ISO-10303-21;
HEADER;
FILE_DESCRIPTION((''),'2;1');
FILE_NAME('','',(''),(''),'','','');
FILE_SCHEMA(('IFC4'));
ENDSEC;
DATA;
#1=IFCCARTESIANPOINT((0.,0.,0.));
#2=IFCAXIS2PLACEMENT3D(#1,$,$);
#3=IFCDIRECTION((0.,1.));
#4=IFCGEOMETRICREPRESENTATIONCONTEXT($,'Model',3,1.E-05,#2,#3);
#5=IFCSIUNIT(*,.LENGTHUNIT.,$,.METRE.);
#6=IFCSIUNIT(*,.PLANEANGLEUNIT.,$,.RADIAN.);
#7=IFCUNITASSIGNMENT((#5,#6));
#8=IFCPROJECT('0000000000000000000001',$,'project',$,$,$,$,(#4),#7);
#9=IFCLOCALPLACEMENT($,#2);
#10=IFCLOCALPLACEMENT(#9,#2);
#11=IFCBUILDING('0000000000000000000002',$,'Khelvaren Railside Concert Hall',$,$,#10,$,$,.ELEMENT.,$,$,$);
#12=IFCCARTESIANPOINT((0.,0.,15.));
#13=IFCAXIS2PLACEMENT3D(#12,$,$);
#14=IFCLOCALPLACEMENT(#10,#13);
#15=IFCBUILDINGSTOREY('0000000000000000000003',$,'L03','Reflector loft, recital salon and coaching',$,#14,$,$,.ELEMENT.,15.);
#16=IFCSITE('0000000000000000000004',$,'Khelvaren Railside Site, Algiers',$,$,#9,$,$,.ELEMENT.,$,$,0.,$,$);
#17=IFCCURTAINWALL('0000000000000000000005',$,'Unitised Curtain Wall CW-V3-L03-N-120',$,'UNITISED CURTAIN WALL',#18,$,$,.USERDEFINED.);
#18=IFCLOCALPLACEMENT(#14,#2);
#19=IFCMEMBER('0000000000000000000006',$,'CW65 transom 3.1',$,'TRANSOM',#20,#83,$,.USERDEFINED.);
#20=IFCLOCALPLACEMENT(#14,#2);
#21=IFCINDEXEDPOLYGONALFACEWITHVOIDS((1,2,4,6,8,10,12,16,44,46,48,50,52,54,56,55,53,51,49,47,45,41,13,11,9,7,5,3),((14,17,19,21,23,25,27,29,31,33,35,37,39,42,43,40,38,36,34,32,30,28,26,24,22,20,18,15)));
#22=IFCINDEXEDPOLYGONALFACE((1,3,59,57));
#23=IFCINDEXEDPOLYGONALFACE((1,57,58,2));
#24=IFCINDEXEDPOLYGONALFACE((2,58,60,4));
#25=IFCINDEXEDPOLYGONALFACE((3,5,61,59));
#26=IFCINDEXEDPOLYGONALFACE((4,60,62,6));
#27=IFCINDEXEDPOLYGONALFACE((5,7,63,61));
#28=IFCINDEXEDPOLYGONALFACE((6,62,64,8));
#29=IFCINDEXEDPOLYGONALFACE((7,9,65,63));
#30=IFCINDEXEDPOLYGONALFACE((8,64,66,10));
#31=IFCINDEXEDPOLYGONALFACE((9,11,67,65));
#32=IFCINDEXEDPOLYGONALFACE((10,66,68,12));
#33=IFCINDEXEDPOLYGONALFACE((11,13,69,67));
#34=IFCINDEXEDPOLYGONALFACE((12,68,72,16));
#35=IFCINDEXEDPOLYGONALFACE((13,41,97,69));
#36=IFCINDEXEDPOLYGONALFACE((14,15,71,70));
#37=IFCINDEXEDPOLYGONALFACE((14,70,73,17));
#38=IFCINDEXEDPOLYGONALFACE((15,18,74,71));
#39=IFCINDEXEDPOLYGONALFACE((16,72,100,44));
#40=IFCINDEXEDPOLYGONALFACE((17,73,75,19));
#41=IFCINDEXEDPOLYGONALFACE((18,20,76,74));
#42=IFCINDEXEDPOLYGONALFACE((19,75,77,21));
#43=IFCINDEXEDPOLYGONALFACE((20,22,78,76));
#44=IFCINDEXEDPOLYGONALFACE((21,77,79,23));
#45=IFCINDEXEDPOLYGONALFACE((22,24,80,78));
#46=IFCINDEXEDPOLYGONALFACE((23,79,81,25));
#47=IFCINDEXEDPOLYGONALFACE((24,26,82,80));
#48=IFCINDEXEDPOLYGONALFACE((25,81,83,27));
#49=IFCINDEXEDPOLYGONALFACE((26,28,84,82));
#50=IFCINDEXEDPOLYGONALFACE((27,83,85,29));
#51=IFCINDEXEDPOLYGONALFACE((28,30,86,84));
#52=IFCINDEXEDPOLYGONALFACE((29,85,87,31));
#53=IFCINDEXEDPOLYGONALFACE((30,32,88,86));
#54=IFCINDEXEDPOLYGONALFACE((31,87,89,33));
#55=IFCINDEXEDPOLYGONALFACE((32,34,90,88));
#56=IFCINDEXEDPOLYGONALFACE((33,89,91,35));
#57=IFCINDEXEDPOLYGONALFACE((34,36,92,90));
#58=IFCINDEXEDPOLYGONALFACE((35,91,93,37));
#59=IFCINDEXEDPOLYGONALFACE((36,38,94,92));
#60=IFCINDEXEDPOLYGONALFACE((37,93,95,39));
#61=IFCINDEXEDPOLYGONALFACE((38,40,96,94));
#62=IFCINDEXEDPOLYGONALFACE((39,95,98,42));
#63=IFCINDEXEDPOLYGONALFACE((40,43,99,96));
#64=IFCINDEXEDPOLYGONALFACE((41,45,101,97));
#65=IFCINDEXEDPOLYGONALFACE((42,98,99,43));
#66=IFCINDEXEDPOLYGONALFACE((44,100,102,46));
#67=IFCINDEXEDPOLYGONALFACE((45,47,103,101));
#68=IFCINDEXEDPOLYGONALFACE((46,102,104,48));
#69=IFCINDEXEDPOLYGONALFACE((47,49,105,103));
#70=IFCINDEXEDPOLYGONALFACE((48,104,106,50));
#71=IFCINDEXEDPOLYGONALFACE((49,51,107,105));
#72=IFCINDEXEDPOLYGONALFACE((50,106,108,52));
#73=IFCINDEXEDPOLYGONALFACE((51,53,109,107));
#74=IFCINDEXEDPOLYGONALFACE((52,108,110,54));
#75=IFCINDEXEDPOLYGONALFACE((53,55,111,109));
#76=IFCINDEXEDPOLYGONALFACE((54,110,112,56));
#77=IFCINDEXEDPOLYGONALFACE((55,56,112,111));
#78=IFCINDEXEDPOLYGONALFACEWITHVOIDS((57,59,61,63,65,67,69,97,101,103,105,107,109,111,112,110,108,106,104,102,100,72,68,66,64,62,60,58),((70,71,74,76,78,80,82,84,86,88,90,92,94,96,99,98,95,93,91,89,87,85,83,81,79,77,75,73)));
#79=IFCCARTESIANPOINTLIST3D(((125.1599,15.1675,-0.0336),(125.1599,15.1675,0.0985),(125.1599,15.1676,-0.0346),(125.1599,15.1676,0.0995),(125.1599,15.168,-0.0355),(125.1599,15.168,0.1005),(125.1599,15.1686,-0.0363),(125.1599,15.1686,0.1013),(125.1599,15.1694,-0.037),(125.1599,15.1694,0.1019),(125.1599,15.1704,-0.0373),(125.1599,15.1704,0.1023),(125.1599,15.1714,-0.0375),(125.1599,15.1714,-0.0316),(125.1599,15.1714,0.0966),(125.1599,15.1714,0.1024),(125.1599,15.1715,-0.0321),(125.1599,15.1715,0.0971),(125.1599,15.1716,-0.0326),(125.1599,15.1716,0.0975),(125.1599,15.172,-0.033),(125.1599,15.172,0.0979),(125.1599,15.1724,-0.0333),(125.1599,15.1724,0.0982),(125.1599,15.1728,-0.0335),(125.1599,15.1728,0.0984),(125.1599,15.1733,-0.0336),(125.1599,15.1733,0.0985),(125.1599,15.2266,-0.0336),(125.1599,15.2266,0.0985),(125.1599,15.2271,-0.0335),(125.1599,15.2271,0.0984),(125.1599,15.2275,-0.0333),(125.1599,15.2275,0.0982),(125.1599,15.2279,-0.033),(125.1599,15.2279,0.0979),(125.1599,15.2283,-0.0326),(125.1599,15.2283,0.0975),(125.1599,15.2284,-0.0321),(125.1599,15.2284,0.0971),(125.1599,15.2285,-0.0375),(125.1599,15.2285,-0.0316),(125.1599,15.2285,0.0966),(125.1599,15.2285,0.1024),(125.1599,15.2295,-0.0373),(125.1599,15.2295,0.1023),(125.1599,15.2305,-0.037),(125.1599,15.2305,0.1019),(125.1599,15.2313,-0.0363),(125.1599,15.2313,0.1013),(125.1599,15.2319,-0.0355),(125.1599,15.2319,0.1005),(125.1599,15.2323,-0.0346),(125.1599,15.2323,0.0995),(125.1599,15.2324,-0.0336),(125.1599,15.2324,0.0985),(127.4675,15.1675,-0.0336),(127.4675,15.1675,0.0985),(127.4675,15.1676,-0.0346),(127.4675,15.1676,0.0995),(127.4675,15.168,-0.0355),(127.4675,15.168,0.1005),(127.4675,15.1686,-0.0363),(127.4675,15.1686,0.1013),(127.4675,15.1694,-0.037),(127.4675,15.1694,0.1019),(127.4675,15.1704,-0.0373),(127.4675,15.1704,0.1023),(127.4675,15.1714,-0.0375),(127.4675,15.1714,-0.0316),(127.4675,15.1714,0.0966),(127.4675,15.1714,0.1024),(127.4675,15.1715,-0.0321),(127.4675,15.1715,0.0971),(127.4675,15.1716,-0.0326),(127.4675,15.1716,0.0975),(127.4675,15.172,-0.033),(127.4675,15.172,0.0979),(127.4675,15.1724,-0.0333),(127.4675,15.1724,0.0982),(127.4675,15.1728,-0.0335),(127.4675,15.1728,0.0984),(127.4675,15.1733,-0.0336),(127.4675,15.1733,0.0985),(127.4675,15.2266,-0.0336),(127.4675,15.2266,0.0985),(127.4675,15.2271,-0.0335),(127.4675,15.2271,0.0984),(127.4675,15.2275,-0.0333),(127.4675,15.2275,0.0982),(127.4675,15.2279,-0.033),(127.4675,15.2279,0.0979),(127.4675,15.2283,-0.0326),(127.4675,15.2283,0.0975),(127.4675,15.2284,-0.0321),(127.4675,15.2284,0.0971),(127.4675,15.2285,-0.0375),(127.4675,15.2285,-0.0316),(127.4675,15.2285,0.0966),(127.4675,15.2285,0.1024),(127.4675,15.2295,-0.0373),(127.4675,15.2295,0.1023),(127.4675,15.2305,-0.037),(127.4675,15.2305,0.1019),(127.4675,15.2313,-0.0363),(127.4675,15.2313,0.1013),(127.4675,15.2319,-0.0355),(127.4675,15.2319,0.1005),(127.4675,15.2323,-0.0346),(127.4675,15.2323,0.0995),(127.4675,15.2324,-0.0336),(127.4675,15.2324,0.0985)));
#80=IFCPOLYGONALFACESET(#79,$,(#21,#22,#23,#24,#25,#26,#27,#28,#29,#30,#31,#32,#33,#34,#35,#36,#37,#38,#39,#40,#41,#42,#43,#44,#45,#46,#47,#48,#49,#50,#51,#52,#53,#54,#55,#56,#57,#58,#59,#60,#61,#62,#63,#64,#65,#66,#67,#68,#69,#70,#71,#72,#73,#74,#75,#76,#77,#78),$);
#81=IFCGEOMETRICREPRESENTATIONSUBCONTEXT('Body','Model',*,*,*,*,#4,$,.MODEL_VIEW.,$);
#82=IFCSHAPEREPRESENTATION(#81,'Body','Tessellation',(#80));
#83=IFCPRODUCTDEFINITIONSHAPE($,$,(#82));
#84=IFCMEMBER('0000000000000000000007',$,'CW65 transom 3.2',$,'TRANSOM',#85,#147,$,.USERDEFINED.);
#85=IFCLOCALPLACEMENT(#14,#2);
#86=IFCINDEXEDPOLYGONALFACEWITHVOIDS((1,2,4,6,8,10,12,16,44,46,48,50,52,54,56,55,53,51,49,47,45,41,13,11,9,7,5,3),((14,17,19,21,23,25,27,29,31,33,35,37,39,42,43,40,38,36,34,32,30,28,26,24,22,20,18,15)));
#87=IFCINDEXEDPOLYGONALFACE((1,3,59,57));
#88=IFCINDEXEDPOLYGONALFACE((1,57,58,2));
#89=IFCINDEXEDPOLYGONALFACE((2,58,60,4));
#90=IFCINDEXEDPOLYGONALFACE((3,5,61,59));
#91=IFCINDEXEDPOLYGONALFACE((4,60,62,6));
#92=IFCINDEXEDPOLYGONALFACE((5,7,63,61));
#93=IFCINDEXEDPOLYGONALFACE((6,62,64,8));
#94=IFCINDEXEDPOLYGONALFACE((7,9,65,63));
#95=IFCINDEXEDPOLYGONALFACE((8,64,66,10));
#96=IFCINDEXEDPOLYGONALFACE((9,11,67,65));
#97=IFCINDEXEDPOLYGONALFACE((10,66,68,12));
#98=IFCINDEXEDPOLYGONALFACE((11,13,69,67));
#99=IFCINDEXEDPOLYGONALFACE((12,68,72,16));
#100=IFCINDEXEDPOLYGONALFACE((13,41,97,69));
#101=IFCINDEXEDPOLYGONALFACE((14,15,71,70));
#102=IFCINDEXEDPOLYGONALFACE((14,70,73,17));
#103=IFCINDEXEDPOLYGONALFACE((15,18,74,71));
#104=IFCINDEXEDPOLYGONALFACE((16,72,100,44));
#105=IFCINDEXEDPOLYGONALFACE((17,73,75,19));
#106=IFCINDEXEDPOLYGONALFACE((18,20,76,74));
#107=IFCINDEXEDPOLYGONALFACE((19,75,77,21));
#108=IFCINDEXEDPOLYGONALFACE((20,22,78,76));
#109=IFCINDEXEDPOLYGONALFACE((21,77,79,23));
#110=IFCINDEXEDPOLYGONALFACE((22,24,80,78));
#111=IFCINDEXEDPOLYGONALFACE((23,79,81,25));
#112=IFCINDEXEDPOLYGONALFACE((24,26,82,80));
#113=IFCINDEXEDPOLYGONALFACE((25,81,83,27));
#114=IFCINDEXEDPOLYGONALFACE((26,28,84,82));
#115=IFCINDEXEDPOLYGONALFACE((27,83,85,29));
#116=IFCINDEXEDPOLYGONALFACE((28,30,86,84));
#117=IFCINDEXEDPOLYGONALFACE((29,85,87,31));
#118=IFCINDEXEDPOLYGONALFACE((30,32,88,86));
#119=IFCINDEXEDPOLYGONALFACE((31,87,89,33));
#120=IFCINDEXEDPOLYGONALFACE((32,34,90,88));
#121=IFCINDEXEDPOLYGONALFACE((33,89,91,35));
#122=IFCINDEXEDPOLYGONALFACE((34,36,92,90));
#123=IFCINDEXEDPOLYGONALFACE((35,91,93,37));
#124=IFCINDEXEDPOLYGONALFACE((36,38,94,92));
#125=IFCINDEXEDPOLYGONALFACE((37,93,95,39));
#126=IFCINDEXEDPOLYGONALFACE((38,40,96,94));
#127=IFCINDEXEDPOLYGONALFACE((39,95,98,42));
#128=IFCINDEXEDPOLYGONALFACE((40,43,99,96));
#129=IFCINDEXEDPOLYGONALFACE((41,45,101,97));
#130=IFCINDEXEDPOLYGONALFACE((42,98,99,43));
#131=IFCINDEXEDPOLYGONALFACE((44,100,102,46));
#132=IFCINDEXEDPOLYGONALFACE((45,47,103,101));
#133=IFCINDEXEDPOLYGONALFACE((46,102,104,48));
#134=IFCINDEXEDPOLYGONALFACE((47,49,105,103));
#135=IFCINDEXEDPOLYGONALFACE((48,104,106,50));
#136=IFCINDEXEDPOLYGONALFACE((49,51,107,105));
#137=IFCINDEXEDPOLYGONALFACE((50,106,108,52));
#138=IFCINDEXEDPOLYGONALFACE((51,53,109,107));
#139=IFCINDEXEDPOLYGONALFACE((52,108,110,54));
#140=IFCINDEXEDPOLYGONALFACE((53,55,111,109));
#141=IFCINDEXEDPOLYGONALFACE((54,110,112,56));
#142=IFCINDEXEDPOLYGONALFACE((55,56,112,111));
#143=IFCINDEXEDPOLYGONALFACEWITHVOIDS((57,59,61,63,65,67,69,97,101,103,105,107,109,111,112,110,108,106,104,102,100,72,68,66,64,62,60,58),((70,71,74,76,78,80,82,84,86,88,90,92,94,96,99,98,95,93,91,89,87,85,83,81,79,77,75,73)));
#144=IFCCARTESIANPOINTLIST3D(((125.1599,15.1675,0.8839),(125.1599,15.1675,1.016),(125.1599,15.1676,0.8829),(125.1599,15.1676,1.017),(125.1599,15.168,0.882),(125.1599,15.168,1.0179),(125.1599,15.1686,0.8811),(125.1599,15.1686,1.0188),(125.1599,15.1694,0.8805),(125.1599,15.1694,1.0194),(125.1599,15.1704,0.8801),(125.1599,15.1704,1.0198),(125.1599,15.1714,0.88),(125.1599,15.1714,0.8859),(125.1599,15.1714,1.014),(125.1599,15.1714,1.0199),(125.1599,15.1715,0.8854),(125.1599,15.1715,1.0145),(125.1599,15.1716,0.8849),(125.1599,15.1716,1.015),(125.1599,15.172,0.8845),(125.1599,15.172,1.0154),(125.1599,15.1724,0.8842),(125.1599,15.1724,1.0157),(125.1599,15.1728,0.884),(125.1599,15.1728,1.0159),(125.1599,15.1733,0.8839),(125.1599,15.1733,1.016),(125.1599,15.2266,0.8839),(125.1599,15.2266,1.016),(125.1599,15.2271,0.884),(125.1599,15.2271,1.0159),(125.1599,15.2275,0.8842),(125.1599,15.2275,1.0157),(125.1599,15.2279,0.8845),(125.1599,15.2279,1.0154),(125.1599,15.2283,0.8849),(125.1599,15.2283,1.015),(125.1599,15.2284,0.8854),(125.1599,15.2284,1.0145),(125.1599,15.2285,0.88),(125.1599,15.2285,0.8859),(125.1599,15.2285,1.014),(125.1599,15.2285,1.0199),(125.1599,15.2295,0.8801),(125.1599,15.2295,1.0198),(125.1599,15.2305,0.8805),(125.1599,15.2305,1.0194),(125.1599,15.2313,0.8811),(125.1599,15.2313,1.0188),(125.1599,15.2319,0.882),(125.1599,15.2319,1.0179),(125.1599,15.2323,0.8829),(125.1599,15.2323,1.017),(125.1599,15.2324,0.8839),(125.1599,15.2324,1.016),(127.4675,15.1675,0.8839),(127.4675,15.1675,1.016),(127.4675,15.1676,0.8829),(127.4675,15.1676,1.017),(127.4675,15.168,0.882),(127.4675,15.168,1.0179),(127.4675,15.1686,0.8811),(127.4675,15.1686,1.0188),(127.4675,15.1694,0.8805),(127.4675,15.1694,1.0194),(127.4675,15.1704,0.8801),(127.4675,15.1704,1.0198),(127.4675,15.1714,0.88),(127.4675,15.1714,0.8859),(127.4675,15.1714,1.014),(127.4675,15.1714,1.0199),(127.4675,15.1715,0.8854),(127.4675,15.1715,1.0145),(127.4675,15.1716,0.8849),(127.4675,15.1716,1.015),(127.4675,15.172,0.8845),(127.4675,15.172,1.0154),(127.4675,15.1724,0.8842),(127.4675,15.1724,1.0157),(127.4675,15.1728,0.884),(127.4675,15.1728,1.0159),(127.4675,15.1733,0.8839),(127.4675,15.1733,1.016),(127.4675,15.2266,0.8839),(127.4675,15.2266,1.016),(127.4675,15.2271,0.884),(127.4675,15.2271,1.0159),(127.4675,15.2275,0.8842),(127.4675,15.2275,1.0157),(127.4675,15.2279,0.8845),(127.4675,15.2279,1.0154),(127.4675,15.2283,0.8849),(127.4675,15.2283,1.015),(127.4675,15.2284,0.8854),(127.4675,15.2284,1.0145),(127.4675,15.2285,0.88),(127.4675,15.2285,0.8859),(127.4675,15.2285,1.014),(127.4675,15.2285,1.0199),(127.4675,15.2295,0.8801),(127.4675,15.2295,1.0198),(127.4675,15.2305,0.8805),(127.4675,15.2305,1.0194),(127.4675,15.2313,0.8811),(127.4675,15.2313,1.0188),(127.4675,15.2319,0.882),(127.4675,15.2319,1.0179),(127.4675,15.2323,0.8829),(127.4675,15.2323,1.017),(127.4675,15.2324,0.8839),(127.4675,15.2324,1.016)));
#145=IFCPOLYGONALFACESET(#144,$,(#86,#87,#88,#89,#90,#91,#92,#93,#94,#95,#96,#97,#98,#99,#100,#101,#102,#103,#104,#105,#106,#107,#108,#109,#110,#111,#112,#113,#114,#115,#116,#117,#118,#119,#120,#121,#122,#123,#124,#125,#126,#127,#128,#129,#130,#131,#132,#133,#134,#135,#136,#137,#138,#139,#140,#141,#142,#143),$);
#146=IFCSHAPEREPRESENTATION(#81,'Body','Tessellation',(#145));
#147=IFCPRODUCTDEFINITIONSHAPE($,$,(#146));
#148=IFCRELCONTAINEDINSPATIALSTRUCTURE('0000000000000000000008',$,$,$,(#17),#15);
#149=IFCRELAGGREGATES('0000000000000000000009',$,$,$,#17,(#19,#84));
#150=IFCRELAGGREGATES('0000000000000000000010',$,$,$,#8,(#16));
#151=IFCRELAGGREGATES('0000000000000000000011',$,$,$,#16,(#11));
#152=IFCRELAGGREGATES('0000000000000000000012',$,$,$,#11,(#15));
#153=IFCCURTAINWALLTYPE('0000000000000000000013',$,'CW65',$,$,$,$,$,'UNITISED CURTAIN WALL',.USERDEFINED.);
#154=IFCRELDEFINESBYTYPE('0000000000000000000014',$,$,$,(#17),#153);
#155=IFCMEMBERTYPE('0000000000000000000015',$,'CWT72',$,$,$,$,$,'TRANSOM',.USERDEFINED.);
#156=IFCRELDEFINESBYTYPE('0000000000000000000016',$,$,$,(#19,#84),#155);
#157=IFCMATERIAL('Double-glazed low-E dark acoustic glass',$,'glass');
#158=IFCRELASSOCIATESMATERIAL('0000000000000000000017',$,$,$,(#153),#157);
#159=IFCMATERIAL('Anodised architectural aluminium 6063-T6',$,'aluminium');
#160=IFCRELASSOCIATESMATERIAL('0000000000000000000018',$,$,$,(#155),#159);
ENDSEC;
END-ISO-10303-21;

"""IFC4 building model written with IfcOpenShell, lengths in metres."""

from ifc_helpers import new_model, si_unit, direction, frame, origin, origin_2d, place, context, subcontext, project, spatial, hollow_rectangle, extrude, material, material_profile, profile_set, type_object, element, aggregate, save


model = new_model("IFC4")

# Units and contexts
model_context = context("Model", 3, precision=1e-05, world=origin(), true_north=direction((0.0, 1.0)))
body_context = subcontext(model_context, "Body", "Model", "MODEL_VIEW")
ifc_project = project(units=[si_unit("LENGTHUNIT", "METRE"), si_unit("PLANEANGLEUNIT", "RADIAN")], contexts=[model_context])

# Site, building, storey
site_placement = place(None, origin())
site = spatial("IfcSite", under=ifc_project, at=site_placement, Name="Khelvaren Railside Site, Algiers", CompositionType="ELEMENT", RefElevation=0.0)
building_placement = place(site_placement, origin())
building = spatial("IfcBuilding", under=site, at=building_placement, Name="Khelvaren Railside Concert Hall", CompositionType="ELEMENT")
storey_placement = place(building_placement, frame((0.0, 0.0, 15.0)))
storey = spatial("IfcBuildingStorey", under=building, at=storey_placement, Name="L03", Description="Reflector loft, recital salon and coaching", CompositionType="ELEMENT", Elevation=15.0)

# Shared definitions
ifc_material_1 = material(Name="Double-glazed low-E dark acoustic glass", Category="glass")
ifc_material_2 = material(Name="Anodised architectural aluminium 6063-T6", Category="aluminium")

# Curtain wall
curtain_wall_type_1 = type_object("IfcCurtainWallType", Name="CW65", ElementType="UNITISED CURTAIN WALL", PredefinedType="USERDEFINED", material=ifc_material_1)
curtain_wall_1_placement = place(storey_placement, origin())
curtain_wall_1 = element("IfcCurtainWall", 1, at=curtain_wall_1_placement, inside=storey, type_object=curtain_wall_type_1, Name="Unitised Curtain Wall CW-V3-L03-N-120", ObjectType="UNITISED CURTAIN WALL", PredefinedType="USERDEFINED")

# Members
ifc_material_profile_1 = material_profile(ifc_material_2, hollow_rectangle(XDim=0.0649, YDim=0.1399, WallThickness=0.0039, InnerFilletRadius=0.002, OuterFilletRadius=0.0039, at=origin_2d()), Name="CWT 65x140x4")
ifc_profile_set_1 = profile_set([ifc_material_profile_1], Name="Anodised architectural aluminium 6063-T6")
member_type_1 = type_object("IfcMemberType", Name="CWT72", ElementType="TRANSOM", PredefinedType="USERDEFINED", material=ifc_profile_set_1)
member_1_placement = place(storey_placement, frame((125.1599, 15.2, 0.0325), z_axis=(1.0, 0.0, 0.0), x_axis=(0.0, 1.0, 0.0)))
member_1 = element("IfcMember", 2, at=member_1_placement, type_object=member_type_1, Name="CW65 transom 3.1", ObjectType="TRANSOM", PredefinedType="USERDEFINED", context=body_context, shape_type="SweptSolid", body=[
    extrude(hollow_rectangle(XDim=0.0649, YDim=0.1399, WallThickness=0.0039, InnerFilletRadius=0.002, OuterFilletRadius=0.0039, at=origin_2d()), origin(), (0.0, 0.0, 1.0), 2.3076),
])
member_2_placement = place(storey_placement, frame((125.1599, 15.2, 0.95), z_axis=(1.0, 0.0, 0.0), x_axis=(0.0, 1.0, 0.0)))
member_2 = element("IfcMember", 3, at=member_2_placement, type_object=member_type_1, Name="CW65 transom 3.2", ObjectType="TRANSOM", PredefinedType="USERDEFINED", context=body_context, shape_type="SweptSolid", body=[
    extrude(hollow_rectangle(XDim=0.0649, YDim=0.1399, WallThickness=0.0039, InnerFilletRadius=0.002, OuterFilletRadius=0.0039, at=origin_2d()), origin(), (0.0, 0.0, 1.0), 2.3076),
])

aggregate(curtain_wall_1, [member_1, member_2])

save(model, "model.ifc")
